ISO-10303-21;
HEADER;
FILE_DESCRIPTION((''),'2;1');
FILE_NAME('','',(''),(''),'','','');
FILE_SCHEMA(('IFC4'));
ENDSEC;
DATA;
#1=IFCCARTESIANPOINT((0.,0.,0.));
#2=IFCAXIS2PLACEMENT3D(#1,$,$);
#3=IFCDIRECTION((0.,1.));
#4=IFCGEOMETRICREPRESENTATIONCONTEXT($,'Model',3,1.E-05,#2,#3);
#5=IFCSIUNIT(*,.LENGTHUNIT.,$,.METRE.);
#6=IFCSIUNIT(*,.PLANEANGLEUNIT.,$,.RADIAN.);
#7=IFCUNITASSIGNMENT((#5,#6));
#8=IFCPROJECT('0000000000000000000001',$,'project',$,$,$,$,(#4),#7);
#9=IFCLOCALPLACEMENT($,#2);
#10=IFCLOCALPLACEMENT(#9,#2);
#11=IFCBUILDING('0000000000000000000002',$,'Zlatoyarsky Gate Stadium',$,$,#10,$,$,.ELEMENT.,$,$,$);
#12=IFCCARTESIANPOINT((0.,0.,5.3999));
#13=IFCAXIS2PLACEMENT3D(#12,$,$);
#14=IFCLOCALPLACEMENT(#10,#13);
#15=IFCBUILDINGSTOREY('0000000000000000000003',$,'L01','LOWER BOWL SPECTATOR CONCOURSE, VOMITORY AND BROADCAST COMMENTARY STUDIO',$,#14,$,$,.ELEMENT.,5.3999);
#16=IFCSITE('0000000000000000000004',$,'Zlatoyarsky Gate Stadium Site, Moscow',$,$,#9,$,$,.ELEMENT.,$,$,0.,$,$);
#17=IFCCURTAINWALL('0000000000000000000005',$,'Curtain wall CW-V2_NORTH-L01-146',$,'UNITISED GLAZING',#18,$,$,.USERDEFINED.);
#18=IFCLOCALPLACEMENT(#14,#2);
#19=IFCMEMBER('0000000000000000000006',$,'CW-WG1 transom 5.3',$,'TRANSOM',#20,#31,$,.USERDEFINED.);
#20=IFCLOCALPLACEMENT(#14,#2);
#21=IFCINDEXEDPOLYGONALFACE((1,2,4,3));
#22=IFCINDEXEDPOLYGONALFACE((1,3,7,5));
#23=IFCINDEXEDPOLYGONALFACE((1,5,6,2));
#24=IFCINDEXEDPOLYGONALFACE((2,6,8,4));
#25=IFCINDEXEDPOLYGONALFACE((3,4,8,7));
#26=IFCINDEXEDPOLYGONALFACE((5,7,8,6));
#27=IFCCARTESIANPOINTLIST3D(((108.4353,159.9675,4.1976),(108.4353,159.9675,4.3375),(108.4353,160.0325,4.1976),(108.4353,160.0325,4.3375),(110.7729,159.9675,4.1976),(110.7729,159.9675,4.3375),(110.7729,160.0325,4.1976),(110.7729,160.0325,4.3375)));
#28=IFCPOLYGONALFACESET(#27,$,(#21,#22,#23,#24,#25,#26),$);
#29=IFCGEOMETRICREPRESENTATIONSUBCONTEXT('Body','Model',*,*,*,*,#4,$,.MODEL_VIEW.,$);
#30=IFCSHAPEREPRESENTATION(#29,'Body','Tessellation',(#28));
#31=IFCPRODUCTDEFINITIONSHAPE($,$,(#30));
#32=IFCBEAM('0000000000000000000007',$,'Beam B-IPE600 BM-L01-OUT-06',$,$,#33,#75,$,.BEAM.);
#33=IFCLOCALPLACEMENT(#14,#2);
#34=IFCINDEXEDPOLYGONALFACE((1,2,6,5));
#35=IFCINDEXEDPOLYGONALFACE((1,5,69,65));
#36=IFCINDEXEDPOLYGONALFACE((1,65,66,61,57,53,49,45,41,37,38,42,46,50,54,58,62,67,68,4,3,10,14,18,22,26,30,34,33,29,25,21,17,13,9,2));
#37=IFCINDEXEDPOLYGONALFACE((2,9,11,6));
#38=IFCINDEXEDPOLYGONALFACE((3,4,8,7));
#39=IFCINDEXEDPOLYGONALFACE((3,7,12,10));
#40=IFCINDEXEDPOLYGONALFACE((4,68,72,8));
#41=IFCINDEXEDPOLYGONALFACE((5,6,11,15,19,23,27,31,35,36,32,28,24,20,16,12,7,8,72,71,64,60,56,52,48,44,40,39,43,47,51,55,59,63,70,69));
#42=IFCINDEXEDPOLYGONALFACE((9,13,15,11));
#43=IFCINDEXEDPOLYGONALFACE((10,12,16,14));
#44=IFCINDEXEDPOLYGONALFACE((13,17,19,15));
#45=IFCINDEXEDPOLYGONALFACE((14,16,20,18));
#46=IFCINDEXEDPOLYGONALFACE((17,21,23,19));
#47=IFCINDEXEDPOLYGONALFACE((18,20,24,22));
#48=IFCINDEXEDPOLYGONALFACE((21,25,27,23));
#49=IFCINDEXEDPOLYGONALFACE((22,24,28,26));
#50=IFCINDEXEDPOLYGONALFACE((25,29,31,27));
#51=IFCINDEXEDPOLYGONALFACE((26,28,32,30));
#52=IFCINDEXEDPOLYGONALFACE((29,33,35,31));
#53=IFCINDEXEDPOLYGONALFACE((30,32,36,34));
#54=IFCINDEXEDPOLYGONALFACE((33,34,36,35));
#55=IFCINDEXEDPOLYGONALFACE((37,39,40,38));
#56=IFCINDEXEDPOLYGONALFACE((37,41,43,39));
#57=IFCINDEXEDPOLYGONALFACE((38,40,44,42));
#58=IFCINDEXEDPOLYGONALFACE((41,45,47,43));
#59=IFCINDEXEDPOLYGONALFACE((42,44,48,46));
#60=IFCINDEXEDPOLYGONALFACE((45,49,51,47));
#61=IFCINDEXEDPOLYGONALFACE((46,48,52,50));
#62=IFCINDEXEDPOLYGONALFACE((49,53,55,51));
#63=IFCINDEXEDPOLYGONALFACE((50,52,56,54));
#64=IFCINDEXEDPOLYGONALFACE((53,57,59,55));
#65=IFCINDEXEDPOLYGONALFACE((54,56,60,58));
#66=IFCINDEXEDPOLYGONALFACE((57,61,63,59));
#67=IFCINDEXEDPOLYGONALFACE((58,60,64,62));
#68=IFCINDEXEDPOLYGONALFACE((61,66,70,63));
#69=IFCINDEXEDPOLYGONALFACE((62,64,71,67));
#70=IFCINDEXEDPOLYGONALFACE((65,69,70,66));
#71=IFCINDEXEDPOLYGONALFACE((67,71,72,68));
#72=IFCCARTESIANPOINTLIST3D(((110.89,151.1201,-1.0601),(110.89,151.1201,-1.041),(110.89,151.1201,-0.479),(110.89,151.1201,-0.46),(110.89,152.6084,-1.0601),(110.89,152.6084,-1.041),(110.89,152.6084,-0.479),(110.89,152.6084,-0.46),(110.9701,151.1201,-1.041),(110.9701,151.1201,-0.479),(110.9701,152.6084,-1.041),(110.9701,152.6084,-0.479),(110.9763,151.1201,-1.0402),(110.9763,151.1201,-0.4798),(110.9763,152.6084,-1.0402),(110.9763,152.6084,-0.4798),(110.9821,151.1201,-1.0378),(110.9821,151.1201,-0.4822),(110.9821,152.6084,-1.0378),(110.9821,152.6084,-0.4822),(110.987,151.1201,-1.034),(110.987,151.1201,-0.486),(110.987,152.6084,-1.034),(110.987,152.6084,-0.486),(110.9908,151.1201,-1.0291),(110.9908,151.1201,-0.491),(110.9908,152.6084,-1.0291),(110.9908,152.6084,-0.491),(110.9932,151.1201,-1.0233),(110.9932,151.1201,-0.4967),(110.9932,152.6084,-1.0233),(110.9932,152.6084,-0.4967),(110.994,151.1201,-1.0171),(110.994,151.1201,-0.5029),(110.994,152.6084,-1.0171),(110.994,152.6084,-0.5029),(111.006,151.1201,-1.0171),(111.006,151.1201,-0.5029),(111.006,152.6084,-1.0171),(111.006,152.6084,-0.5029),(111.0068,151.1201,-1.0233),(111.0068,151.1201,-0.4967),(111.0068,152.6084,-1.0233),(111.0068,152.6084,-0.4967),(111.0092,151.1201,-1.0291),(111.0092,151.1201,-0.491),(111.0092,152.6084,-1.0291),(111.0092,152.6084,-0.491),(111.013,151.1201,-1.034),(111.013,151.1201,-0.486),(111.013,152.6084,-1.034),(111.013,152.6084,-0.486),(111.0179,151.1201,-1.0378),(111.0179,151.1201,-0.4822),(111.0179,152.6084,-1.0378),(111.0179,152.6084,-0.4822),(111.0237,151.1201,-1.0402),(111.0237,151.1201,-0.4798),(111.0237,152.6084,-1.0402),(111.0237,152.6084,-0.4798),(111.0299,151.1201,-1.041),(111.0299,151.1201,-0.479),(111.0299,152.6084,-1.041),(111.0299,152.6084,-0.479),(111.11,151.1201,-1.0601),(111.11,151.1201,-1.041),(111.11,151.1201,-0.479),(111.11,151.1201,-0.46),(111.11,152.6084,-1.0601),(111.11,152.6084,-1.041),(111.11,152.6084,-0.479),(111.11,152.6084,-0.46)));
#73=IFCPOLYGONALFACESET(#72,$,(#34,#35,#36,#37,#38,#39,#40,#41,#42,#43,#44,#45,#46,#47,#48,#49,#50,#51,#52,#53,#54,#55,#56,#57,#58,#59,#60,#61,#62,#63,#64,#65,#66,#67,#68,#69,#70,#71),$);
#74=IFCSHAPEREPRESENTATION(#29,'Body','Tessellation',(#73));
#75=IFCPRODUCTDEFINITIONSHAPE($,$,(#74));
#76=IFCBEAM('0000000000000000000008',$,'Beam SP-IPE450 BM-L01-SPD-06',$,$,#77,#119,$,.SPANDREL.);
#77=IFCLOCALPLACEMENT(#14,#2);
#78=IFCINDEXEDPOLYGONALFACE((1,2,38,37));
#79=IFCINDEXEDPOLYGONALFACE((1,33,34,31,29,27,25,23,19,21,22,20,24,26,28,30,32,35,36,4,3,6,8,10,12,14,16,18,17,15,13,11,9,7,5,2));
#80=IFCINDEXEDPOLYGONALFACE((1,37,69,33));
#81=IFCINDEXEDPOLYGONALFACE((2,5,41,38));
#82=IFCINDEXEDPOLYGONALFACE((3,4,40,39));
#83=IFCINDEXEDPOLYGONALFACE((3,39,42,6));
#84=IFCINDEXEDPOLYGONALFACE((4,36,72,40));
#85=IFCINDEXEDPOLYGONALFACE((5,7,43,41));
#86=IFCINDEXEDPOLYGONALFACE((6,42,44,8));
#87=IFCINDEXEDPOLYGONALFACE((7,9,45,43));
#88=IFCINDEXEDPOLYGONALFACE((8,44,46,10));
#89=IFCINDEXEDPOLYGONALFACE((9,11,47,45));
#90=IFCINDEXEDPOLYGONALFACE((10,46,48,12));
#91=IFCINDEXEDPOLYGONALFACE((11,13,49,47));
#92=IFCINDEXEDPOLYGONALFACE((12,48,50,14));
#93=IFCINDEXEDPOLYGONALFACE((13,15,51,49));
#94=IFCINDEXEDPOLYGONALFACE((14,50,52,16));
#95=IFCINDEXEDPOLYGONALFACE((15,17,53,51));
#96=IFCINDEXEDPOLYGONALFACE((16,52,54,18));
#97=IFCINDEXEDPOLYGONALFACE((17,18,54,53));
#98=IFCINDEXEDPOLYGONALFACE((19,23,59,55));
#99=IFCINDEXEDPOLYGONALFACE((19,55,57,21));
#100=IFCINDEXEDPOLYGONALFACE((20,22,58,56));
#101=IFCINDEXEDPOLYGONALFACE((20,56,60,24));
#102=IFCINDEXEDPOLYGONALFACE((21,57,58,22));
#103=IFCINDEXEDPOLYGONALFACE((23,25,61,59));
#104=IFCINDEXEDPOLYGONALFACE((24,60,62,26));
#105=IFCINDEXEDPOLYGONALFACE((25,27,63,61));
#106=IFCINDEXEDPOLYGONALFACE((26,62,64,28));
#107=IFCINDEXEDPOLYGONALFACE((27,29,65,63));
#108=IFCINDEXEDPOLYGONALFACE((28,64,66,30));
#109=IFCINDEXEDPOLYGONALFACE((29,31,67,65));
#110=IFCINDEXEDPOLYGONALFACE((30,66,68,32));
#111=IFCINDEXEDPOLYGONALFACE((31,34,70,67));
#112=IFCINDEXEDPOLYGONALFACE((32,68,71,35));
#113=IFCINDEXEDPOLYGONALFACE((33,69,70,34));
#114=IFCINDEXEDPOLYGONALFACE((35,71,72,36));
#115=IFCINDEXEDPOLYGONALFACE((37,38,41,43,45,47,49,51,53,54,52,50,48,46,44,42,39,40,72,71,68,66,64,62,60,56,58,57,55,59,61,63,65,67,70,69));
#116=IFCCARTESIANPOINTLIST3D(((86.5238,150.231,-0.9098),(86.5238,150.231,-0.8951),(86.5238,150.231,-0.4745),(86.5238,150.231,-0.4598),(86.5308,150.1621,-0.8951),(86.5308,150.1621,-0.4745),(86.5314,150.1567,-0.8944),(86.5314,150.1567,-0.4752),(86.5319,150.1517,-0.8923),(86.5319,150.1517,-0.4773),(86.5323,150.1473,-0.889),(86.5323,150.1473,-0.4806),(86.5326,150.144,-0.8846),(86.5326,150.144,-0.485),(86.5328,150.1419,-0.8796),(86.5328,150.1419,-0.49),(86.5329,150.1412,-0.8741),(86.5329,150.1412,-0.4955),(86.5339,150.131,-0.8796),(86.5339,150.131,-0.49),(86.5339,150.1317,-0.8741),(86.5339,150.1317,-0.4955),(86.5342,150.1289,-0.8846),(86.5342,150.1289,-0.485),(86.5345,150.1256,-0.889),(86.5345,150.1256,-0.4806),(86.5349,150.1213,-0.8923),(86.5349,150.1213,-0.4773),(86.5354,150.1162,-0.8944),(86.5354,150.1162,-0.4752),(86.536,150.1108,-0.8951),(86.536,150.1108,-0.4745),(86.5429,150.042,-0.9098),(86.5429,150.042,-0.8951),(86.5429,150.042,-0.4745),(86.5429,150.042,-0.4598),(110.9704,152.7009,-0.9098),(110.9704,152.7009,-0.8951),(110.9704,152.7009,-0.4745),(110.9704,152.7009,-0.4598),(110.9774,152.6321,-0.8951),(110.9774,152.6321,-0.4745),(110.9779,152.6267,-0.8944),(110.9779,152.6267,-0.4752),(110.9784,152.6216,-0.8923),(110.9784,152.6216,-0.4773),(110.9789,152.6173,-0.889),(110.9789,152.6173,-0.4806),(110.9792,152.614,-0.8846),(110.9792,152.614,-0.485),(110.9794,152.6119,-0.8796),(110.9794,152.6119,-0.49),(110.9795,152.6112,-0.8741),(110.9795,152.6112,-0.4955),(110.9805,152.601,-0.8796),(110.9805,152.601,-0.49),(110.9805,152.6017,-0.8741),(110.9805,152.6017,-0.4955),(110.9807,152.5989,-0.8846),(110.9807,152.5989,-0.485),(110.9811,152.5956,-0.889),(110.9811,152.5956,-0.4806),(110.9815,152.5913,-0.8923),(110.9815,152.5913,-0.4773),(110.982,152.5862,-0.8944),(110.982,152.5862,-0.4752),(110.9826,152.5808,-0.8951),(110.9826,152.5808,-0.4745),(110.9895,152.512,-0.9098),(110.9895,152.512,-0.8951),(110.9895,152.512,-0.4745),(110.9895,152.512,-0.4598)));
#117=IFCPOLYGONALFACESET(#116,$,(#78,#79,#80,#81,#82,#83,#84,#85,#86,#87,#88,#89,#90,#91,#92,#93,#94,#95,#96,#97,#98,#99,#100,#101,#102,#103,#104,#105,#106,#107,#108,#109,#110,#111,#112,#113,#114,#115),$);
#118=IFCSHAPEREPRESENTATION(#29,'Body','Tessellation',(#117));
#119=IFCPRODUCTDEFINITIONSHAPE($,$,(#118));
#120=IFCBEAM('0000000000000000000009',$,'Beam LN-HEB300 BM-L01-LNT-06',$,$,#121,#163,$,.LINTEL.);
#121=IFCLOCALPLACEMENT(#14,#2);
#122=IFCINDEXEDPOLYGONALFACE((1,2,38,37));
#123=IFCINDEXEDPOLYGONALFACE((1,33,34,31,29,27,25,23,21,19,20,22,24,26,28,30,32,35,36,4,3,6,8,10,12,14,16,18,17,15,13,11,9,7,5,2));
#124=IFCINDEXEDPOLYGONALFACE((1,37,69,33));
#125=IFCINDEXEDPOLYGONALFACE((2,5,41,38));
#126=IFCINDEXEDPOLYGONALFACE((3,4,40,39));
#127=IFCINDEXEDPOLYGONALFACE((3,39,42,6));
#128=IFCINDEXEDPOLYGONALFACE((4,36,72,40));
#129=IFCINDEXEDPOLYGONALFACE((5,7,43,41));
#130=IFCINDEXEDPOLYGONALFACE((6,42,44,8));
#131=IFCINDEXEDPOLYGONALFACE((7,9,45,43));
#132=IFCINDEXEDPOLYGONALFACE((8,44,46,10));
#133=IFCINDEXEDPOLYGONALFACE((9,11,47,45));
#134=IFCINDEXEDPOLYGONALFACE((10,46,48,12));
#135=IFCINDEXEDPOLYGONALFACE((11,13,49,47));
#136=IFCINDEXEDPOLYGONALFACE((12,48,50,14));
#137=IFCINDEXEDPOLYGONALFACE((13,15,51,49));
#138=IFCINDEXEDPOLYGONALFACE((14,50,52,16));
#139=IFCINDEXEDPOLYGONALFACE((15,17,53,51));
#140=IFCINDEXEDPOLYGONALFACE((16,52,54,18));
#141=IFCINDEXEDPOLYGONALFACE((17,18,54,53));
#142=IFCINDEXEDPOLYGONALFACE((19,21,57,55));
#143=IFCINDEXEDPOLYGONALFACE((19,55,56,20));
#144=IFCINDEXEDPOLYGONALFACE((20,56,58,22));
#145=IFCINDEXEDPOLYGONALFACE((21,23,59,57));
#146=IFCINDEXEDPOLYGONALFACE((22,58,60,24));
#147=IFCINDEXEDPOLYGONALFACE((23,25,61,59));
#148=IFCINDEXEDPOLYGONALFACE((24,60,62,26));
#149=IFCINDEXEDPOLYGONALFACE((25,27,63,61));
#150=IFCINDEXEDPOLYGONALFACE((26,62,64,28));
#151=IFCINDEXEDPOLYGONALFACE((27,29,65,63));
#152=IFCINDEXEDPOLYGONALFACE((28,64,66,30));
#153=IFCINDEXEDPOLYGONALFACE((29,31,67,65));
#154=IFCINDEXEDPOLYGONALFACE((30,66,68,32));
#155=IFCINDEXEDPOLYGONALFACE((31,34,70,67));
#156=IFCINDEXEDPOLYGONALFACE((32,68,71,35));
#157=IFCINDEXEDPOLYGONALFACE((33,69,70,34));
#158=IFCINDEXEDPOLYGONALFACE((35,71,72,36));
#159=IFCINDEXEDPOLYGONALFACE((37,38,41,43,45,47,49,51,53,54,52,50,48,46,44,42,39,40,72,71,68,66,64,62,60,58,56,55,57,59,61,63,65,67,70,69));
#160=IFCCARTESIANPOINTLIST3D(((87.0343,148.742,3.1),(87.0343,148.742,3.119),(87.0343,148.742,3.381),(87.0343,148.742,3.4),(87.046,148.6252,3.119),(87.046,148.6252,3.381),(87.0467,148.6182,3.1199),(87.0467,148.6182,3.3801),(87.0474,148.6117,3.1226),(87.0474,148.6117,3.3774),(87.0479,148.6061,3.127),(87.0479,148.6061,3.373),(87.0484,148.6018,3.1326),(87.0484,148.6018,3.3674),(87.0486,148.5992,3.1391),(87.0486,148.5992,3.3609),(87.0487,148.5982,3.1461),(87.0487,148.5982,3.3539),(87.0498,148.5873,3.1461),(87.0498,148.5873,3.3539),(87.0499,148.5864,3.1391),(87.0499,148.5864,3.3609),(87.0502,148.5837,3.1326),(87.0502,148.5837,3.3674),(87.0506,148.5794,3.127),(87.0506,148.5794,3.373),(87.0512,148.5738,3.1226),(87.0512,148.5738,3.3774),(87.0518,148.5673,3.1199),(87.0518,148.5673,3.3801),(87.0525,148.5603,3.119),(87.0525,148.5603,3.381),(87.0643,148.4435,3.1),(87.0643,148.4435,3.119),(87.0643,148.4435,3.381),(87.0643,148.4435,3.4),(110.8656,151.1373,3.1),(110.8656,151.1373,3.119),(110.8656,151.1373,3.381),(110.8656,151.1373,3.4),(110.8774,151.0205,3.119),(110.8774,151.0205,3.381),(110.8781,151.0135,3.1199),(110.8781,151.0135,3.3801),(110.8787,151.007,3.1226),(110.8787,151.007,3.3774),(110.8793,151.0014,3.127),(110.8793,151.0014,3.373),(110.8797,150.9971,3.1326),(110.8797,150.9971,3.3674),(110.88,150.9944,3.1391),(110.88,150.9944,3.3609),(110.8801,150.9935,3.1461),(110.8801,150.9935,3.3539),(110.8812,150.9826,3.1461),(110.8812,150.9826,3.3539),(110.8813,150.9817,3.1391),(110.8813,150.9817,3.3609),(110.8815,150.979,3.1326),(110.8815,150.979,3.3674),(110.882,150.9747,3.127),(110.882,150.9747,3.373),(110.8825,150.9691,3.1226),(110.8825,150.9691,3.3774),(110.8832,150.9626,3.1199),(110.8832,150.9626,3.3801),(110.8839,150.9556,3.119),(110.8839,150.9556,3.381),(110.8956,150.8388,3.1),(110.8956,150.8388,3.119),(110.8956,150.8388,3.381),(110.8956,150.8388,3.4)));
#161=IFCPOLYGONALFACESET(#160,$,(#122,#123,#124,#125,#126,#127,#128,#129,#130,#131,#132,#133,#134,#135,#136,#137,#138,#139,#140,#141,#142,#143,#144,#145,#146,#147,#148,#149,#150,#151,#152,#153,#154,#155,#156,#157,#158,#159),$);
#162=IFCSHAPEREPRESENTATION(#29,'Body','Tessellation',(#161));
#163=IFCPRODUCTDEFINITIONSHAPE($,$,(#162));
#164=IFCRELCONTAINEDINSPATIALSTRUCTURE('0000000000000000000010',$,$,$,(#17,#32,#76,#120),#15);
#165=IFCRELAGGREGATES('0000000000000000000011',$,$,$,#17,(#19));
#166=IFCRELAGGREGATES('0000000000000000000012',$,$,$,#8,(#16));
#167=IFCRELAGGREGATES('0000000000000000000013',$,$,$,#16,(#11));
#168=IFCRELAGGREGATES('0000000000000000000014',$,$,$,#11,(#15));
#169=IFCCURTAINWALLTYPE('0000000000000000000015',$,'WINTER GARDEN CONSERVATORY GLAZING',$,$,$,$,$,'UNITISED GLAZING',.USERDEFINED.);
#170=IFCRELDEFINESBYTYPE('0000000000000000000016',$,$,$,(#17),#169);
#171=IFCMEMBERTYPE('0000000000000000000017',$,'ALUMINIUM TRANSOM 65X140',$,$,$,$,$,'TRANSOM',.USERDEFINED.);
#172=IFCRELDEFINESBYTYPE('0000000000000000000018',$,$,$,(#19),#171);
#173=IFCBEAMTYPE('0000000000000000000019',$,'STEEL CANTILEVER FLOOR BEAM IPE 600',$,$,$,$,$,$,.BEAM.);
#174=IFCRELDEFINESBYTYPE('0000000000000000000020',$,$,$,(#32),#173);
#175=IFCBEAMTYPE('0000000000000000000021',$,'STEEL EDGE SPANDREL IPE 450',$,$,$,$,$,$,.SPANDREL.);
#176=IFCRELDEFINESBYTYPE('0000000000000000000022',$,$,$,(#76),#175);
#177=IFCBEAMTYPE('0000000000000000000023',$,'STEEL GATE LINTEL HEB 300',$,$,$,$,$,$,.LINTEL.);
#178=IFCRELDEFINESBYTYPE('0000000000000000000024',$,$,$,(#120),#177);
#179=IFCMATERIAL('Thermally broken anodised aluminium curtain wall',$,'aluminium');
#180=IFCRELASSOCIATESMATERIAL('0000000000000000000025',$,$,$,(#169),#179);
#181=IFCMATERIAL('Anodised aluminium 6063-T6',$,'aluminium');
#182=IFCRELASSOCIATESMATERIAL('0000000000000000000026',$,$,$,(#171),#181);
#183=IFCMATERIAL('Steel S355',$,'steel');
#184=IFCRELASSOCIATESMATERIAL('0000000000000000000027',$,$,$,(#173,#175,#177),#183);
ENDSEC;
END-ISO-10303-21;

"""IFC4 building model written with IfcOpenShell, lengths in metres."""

from ifc_helpers import new_model, si_unit, direction, frame, origin, origin_2d, place, context, subcontext, project, spatial, rectangle, i_section, extrude, material, material_profile, profile_set, type_object, element, aggregate, save


model = new_model("IFC4")

# Units and contexts
model_context = context("Model", 3, precision=1e-05, world=origin(), true_north=direction((0.0, 1.0)))
body_context = subcontext(model_context, "Body", "Model", "MODEL_VIEW")
ifc_project = project(units=[si_unit("LENGTHUNIT", "METRE"), si_unit("PLANEANGLEUNIT", "RADIAN")], contexts=[model_context])

# Site, building, storey
site_placement = place(None, origin())
site = spatial("IfcSite", under=ifc_project, at=site_placement, Name="Zlatoyarsky Gate Stadium Site, Moscow", CompositionType="ELEMENT", RefElevation=0.0)
building_placement = place(site_placement, origin())
building = spatial("IfcBuilding", under=site, at=building_placement, Name="Zlatoyarsky Gate Stadium", CompositionType="ELEMENT")
storey_placement = place(building_placement, frame((0.0, 0.0, 5.3999)))
storey = spatial("IfcBuildingStorey", under=building, at=storey_placement, Name="L01", Description="LOWER BOWL SPECTATOR CONCOURSE, VOMITORY AND BROADCAST COMMENTARY STUDIO", CompositionType="ELEMENT", Elevation=5.3999)

# Shared definitions
ifc_material_1 = material(Name="Steel S355", Category="steel")

# Shared definitions
ifc_material_2 = material(Name="Thermally broken anodised aluminium curtain wall", Category="aluminium")
ifc_material_3 = material(Name="Anodised aluminium 6063-T6", Category="aluminium")

# Curtain wall
curtain_wall_type_1 = type_object("IfcCurtainWallType", Name="WINTER GARDEN CONSERVATORY GLAZING", ElementType="UNITISED GLAZING", PredefinedType="USERDEFINED", material=ifc_material_2)
curtain_wall_1_placement = place(storey_placement, origin())
curtain_wall_1 = element("IfcCurtainWall", 1, at=curtain_wall_1_placement, inside=storey, type_object=curtain_wall_type_1, Name="Curtain wall CW-V2_NORTH-L01-146", ObjectType="UNITISED GLAZING", PredefinedType="USERDEFINED")

# Member
ifc_material_profile_1 = material_profile(ifc_material_3, rectangle(XDim=0.0649, YDim=0.1399, at=origin_2d()), Name="ALU 65X140")
ifc_profile_set_1 = profile_set([ifc_material_profile_1], Name="Anodised aluminium 6063-T6")
member_type_1 = type_object("IfcMemberType", Name="ALUMINIUM TRANSOM 65X140", ElementType="TRANSOM", PredefinedType="USERDEFINED", material=ifc_profile_set_1)
member_1_placement = place(storey_placement, frame((108.4353, 160.0, 4.2676), z_axis=(1.0, 0.0, 0.0), x_axis=(0.0, 1.0, 0.0)))
member_1 = element("IfcMember", 2, at=member_1_placement, type_object=member_type_1, Name="CW-WG1 transom 5.3", ObjectType="TRANSOM", PredefinedType="USERDEFINED", context=body_context, shape_type="SweptSolid", body=[
    extrude(rectangle(XDim=0.0649, YDim=0.1399, at=origin_2d()), origin(), (0.0, 0.0, 1.0), 2.3376),
])

# Beams
ifc_material_profile_2 = material_profile(ifc_material_1, i_section(OverallWidth=0.22, OverallDepth=0.6001, WebThickness=0.012, FlangeThickness=0.019, FilletRadius=0.0239, at=origin_2d()), Name="IPE 600")
ifc_profile_set_2 = profile_set([ifc_material_profile_2], Name="Steel S355")
beam_type_1 = type_object("IfcBeamType", Name="STEEL CANTILEVER FLOOR BEAM IPE 600", PredefinedType="BEAM", material=ifc_profile_set_2)
beam_1_placement = place(storey_placement, frame((111.0, 151.1201, -0.76), z_axis=(0.0, 1.0, 0.0), x_axis=(-1.0, 0.0, 0.0)))
element("IfcBeam", 3, at=beam_1_placement, inside=storey, type_object=beam_type_1, Name="Beam B-IPE600 BM-L01-OUT-06", PredefinedType="BEAM", context=body_context, shape_type="SweptSolid", body=[
    extrude(i_section(OverallWidth=0.22, OverallDepth=0.6001, WebThickness=0.012, FlangeThickness=0.019, FilletRadius=0.0239, at=origin_2d()), origin(), (0.0, 0.0, 1.0), 1.4883),
])
ifc_material_profile_3 = material_profile(ifc_material_1, i_section(OverallWidth=0.1899, OverallDepth=0.45, WebThickness=0.0095, FlangeThickness=0.0146, FilletRadius=0.021, at=origin_2d()), Name="IPE 450")
ifc_profile_set_3 = profile_set([ifc_material_profile_3], Name="Steel S355")
beam_type_2 = type_object("IfcBeamType", Name="STEEL EDGE SPANDREL IPE 450", PredefinedType="SPANDREL", material=ifc_profile_set_3)
beam_2_placement = place(storey_placement, frame((110.98, 152.6064, -0.6848), z_axis=(-0.994935, -0.100524, 0.0), x_axis=(0.100524, -0.994935, 0.0)))
element("IfcBeam", 4, at=beam_2_placement, inside=storey, type_object=beam_type_2, Name="Beam SP-IPE450 BM-L01-SPD-06", PredefinedType="SPANDREL", context=body_context, shape_type="SweptSolid", body=[
    extrude(i_section(OverallWidth=0.1899, OverallDepth=0.45, WebThickness=0.0095, FlangeThickness=0.0146, FilletRadius=0.021, at=origin_2d()), origin(), (0.0, 0.0, 1.0), 24.571),
])
ifc_material_profile_4 = material_profile(ifc_material_1, i_section(OverallWidth=0.3, OverallDepth=0.3, WebThickness=0.011, FlangeThickness=0.019, FilletRadius=0.0271, at=origin_2d()), Name="HEB 300")
ifc_profile_set_4 = profile_set([ifc_material_profile_4], Name="Steel S355")
beam_type_3 = type_object("IfcBeamType", Name="STEEL GATE LINTEL HEB 300", PredefinedType="LINTEL", material=ifc_profile_set_4)
beam_3_placement = place(storey_placement, frame((110.8806, 150.988, 3.25), z_axis=(-0.994987, -0.100005, 0.0), x_axis=(0.100005, -0.994987, 0.0)))
element("IfcBeam", 5, at=beam_3_placement, inside=storey, type_object=beam_type_3, Name="Beam LN-HEB300 BM-L01-LNT-06", PredefinedType="LINTEL", context=body_context, shape_type="SweptSolid", body=[
    extrude(i_section(OverallWidth=0.3, OverallDepth=0.3, WebThickness=0.011, FlangeThickness=0.019, FilletRadius=0.0271, at=origin_2d()), origin(), (0.0, 0.0, 1.0), 23.9514),
])

aggregate(curtain_wall_1, [member_1])

save(model, "model.ifc")
